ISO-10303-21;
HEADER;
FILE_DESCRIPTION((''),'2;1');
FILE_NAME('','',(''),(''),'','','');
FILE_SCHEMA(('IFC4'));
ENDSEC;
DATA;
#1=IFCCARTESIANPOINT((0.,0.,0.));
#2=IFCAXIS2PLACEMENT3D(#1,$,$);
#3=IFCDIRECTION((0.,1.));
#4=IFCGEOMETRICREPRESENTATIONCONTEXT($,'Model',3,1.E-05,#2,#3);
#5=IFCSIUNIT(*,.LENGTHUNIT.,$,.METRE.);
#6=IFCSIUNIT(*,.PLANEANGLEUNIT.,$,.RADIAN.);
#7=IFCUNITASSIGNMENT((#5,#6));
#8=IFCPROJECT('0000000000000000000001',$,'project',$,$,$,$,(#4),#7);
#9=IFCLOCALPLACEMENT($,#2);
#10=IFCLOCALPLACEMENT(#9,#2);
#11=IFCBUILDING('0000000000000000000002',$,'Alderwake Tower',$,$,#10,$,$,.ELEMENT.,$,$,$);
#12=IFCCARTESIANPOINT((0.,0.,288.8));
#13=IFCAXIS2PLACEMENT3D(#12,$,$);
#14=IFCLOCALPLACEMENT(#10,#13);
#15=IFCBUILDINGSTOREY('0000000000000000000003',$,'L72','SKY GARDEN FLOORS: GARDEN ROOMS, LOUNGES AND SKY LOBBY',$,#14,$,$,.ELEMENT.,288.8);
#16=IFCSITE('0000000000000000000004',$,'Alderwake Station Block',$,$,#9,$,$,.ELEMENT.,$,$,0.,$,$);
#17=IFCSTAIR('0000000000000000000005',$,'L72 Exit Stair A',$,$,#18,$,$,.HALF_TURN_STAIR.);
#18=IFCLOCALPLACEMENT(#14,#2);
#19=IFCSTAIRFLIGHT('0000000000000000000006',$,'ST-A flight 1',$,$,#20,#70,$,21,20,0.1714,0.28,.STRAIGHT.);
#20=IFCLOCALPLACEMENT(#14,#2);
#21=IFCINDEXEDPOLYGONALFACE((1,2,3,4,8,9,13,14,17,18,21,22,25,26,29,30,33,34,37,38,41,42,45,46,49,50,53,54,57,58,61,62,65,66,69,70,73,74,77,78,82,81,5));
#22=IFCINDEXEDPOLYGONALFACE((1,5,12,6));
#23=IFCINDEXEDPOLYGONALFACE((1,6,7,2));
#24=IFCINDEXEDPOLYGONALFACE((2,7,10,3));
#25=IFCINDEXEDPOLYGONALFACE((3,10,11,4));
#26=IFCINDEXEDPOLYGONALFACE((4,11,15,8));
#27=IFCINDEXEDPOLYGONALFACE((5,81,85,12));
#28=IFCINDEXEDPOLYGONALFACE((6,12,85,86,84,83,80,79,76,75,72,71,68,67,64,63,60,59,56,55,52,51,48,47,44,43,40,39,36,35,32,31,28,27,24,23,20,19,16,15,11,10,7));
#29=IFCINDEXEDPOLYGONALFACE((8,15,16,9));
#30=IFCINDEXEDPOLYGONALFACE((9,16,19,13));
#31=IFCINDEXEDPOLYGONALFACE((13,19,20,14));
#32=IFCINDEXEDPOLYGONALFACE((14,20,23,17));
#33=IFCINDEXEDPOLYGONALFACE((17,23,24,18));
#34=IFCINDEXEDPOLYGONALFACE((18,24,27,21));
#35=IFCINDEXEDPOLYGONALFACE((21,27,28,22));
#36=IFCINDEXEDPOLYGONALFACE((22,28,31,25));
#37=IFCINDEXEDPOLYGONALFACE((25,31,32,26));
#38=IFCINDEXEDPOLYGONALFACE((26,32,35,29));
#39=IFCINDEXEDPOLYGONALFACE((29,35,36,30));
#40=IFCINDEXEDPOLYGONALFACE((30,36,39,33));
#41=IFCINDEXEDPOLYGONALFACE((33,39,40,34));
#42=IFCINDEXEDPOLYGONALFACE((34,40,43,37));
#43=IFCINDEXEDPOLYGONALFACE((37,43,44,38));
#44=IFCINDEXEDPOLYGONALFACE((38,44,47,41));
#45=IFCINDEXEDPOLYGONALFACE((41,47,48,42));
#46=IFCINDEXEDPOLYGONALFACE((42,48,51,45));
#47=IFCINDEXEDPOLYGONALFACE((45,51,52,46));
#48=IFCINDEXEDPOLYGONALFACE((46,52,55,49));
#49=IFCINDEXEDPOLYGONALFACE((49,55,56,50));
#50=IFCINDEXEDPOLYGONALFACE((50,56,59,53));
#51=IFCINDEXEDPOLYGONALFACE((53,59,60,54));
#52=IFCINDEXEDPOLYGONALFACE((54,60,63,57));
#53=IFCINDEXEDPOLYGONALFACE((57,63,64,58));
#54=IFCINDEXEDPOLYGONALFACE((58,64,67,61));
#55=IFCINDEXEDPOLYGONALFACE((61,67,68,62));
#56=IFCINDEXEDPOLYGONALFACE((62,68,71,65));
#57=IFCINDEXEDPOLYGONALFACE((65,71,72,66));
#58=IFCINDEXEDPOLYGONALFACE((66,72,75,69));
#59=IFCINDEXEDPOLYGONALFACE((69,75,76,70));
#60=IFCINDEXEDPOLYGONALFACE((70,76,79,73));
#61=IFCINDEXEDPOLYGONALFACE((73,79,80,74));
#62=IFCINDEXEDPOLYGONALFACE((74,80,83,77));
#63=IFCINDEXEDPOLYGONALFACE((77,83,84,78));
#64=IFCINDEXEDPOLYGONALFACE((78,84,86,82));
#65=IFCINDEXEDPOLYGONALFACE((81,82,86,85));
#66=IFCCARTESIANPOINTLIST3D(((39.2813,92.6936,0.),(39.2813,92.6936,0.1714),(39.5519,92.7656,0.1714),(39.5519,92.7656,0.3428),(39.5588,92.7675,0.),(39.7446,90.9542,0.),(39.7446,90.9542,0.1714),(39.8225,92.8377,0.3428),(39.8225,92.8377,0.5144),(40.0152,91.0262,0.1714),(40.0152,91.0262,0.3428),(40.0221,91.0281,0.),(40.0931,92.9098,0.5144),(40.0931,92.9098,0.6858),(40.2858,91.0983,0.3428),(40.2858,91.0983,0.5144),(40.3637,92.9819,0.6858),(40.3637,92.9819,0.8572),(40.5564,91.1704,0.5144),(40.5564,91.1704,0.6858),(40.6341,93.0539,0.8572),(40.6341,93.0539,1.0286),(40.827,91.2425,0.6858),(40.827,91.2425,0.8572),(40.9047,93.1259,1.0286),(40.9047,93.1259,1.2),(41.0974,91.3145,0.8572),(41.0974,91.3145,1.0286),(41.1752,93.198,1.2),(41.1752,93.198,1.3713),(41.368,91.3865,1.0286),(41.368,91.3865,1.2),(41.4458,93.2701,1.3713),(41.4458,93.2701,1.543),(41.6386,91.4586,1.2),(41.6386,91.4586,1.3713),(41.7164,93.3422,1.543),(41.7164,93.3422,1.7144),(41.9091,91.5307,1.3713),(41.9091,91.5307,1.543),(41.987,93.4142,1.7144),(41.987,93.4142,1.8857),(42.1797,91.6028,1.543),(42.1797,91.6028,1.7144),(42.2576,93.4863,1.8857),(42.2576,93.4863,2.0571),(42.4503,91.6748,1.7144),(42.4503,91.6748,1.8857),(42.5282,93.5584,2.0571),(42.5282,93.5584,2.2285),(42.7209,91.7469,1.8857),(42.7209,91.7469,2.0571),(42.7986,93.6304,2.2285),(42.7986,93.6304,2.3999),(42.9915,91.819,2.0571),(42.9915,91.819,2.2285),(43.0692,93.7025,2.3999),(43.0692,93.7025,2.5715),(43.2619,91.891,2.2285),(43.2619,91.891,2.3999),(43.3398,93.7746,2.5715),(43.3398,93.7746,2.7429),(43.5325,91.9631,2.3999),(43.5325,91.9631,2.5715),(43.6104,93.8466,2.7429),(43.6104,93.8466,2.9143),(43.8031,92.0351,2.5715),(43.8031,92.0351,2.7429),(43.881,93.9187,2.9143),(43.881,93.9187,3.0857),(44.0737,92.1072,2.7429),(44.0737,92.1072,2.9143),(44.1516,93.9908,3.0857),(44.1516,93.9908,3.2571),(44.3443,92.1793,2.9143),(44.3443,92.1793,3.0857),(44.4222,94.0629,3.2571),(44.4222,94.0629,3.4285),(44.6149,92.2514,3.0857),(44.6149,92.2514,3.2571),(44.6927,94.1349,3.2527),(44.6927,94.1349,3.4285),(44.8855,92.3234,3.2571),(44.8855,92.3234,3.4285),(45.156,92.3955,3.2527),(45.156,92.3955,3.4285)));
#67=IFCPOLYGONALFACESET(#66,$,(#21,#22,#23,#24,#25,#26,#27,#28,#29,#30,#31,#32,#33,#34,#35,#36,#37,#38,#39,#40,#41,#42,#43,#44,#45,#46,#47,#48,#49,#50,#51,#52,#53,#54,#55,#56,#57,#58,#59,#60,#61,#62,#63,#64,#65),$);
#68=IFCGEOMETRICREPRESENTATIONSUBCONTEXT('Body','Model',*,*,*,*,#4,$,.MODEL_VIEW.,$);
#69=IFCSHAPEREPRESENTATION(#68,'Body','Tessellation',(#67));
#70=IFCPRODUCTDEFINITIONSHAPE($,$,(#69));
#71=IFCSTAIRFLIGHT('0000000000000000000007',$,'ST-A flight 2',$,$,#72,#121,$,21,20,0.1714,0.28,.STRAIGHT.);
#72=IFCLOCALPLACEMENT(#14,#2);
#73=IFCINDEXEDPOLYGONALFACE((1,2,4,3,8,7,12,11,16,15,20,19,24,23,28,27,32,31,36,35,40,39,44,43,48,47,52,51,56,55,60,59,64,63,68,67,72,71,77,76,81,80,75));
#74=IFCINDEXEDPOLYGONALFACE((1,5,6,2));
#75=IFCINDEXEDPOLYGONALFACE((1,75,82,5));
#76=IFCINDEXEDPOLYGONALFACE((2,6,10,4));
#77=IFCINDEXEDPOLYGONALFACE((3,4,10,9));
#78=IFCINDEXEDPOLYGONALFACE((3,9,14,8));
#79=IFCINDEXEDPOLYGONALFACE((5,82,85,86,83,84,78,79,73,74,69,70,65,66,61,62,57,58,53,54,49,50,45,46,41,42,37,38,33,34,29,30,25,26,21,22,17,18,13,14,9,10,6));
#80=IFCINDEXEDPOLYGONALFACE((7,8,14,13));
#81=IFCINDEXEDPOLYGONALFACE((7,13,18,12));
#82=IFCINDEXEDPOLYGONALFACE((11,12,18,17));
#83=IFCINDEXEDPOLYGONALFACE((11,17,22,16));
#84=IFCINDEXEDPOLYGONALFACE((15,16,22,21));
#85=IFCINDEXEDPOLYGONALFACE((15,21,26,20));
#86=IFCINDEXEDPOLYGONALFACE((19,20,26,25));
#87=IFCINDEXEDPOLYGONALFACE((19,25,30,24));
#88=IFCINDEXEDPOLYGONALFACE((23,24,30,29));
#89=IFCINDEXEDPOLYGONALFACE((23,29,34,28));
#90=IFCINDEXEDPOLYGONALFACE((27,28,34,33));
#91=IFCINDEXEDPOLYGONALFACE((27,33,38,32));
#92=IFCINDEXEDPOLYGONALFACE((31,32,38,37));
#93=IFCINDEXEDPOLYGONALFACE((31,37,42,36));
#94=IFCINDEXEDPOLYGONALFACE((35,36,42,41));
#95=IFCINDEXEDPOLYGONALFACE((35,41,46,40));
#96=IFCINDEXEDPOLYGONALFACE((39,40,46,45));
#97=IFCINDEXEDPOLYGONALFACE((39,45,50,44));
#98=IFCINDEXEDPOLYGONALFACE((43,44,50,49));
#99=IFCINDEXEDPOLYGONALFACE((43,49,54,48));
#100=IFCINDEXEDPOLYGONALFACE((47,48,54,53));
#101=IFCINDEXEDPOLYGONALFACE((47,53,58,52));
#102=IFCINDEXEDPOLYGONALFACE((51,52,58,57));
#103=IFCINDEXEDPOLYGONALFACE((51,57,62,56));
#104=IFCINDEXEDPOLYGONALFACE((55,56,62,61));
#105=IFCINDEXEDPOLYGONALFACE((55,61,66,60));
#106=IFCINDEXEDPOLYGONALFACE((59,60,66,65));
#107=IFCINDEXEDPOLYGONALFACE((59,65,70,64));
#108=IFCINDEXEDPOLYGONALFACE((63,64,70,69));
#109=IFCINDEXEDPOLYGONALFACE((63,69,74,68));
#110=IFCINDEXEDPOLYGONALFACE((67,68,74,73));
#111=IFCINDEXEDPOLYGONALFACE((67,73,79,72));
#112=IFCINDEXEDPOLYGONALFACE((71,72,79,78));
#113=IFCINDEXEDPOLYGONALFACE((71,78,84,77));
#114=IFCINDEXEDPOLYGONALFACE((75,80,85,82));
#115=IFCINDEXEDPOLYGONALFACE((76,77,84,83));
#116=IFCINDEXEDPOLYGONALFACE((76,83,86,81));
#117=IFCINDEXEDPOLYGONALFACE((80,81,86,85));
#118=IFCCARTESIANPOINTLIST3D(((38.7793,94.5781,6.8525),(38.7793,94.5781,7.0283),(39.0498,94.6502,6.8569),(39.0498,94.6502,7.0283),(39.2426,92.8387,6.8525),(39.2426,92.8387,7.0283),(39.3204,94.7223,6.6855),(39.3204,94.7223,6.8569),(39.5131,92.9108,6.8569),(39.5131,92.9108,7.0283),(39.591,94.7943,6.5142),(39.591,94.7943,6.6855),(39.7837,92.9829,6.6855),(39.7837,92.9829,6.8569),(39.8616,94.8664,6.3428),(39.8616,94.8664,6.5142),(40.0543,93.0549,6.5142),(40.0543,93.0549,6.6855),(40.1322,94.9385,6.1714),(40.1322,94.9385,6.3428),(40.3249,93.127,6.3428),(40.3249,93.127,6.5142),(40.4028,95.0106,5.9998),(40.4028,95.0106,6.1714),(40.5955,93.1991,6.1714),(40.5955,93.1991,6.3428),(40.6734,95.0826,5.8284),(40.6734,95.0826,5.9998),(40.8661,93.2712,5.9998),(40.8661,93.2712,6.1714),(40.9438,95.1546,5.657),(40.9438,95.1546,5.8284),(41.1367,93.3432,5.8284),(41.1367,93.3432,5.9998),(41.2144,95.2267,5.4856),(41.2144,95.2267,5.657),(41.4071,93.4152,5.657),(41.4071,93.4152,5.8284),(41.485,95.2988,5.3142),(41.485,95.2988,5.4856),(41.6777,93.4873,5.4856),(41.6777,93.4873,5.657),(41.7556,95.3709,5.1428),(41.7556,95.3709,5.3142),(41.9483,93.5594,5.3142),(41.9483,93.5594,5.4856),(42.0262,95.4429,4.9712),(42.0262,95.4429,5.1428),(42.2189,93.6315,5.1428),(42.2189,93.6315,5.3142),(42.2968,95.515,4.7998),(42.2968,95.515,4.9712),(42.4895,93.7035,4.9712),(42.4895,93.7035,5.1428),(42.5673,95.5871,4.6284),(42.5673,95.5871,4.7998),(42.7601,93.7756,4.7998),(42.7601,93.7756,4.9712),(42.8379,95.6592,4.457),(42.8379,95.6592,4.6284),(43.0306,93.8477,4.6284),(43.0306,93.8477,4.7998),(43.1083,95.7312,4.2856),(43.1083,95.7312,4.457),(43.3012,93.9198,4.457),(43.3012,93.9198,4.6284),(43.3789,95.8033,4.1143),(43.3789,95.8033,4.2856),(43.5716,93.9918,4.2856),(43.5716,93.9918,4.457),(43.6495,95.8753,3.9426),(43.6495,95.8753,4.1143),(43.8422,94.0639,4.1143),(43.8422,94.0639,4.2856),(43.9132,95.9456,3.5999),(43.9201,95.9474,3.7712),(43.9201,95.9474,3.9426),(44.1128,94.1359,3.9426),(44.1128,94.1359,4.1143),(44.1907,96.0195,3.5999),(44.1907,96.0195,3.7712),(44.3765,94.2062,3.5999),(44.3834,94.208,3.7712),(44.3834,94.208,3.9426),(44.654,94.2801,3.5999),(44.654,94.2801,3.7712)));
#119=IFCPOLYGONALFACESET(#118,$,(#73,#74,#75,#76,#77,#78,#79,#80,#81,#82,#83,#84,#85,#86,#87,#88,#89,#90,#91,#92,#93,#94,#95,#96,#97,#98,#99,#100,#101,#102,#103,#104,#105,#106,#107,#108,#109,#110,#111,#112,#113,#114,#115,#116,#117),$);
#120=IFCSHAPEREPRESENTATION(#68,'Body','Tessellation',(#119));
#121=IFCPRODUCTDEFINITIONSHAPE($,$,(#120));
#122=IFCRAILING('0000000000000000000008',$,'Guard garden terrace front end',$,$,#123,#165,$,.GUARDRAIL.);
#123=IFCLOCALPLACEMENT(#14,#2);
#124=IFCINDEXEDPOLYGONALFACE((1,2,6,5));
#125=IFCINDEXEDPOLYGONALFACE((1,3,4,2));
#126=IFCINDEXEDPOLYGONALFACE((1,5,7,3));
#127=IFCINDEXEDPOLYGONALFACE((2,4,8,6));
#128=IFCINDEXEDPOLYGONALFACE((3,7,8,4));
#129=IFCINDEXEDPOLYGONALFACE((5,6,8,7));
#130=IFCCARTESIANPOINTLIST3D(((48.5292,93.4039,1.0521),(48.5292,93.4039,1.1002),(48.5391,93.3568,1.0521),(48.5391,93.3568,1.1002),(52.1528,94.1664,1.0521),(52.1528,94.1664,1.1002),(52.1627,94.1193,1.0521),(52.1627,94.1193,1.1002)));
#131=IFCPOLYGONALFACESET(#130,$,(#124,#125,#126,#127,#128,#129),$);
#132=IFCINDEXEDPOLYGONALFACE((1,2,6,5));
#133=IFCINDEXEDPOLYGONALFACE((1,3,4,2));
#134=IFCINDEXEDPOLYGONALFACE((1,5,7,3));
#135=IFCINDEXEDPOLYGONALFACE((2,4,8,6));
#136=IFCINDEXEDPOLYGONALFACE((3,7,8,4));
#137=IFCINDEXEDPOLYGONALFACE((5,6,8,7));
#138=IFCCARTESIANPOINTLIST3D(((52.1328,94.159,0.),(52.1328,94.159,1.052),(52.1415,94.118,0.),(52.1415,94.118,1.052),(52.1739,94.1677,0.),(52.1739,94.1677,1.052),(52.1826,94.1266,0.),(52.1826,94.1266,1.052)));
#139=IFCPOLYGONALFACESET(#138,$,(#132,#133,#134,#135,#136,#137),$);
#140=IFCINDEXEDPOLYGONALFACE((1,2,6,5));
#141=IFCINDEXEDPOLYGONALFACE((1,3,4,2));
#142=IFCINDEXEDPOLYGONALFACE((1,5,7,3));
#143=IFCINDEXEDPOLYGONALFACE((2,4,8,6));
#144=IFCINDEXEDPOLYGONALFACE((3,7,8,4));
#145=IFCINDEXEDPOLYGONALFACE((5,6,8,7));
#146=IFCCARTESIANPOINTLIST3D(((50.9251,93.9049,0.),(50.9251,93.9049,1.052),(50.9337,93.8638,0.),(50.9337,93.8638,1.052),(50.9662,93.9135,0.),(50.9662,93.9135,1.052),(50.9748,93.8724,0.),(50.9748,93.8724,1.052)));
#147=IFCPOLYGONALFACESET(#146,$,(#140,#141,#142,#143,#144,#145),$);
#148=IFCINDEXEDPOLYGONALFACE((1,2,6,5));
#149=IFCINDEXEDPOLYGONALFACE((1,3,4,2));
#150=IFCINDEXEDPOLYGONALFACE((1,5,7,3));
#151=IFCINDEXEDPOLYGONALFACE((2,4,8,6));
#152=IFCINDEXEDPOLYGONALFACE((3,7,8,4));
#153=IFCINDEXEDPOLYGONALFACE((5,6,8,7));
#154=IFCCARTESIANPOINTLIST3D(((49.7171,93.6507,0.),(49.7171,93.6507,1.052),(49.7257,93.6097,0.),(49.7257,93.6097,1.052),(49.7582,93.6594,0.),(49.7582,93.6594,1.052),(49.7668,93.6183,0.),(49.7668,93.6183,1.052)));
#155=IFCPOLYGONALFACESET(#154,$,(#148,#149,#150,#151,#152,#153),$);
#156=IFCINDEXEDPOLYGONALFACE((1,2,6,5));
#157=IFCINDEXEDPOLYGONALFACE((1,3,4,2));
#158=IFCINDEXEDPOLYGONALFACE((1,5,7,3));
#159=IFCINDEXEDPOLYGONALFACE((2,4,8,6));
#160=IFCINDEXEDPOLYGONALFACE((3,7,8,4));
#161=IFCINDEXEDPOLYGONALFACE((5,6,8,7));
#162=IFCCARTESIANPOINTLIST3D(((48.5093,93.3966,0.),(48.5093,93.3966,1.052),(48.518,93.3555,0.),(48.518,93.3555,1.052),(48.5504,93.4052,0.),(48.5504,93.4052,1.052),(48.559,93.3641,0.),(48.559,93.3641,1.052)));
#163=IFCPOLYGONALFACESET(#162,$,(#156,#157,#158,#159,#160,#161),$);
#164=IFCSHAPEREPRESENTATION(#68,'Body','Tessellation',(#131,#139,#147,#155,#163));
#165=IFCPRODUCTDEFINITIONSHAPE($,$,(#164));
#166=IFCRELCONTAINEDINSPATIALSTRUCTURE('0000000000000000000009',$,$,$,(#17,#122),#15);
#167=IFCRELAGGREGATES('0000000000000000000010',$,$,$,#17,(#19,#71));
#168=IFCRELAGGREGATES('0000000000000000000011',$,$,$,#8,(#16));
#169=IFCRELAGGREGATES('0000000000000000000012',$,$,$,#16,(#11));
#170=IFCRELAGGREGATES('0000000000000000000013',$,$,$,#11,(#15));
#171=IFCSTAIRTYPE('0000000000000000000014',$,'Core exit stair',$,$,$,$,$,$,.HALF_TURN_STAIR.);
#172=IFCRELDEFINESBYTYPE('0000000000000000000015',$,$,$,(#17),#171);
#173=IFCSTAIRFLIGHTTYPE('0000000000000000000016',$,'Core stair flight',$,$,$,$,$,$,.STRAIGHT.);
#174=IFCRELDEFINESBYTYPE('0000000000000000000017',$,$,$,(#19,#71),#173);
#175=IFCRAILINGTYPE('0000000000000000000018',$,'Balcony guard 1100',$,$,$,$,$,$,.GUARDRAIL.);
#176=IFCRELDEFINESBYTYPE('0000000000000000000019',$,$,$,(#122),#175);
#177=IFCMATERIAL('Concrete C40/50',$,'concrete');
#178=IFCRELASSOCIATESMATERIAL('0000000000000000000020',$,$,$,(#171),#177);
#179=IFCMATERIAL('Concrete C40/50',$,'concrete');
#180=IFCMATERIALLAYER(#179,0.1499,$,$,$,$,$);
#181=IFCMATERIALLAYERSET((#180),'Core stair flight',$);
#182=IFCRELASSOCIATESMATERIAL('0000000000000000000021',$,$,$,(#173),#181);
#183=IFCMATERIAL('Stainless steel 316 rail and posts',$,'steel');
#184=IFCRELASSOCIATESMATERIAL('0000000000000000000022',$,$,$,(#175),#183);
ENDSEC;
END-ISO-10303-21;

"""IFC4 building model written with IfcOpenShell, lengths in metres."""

from ifc_helpers import new_model, si_unit, direction, frame, origin, origin_2d, place, context, subcontext, project, spatial, polyline, rectangle, outline, extrude, material, layer, layer_set, type_object, element, aggregate, save


model = new_model("IFC4")

# Units and contexts
model_context = context("Model", 3, precision=1e-05, world=origin(), true_north=direction((0.0, 1.0)))
body_context = subcontext(model_context, "Body", "Model", "MODEL_VIEW")
ifc_project = project(units=[si_unit("LENGTHUNIT", "METRE"), si_unit("PLANEANGLEUNIT", "RADIAN")], contexts=[model_context])

# Site, building, storey
site_placement = place(None, origin())
site = spatial("IfcSite", under=ifc_project, at=site_placement, Name="Alderwake Station Block", CompositionType="ELEMENT", RefElevation=0.0)
building_placement = place(site_placement, origin())
building = spatial("IfcBuilding", under=site, at=building_placement, Name="Alderwake Tower", CompositionType="ELEMENT")
storey_placement = place(building_placement, frame((0.0, 0.0, 288.8)))
storey = spatial("IfcBuildingStorey", under=building, at=storey_placement, Name="L72", Description="SKY GARDEN FLOORS: GARDEN ROOMS, LOUNGES AND SKY LOBBY", CompositionType="ELEMENT", Elevation=288.8)

# Stair, stair flights
ifc_material_1 = material(Name="Concrete C40/50", Category="concrete")
stair_type = type_object("IfcStairType", Name="Core exit stair", PredefinedType="HALF_TURN_STAIR", material=ifc_material_1)
stair_placement = place(storey_placement, origin())
stair = element("IfcStair", 1, at=stair_placement, inside=storey, type_object=stair_type, Name="L72 Exit Stair A", PredefinedType="HALF_TURN_STAIR")
ifc_material_2 = material(Name="Concrete C40/50", Category="concrete")
ifc_layer_1 = layer(ifc_material_2, 0.1499)
ifc_layer_set_1 = layer_set([ifc_layer_1], Name="Core stair flight")
stair_flight_type = type_object("IfcStairFlightType", Name="Core stair flight", PredefinedType="STRAIGHT", material=ifc_layer_set_1)
stair_flight_1_placement = place(storey_placement, frame((39.5129, 91.824, 0.0), z_axis=(0.0, 0.0, 1.0), x_axis=(0.96631, 0.257382, 0.0)))
stair_flight_1 = element("IfcStairFlight", 2, at=stair_flight_1_placement, type_object=stair_flight_type, Name="ST-A flight 1", NumberOfRisers=21, NumberOfTreads=20, PredefinedType="STRAIGHT", RiserHeight=0.1714, TreadLength=0.28, context=body_context, shape_type="SweptSolid", body=[
    extrude(outline(polyline([(0.0, 0.0), (0.0, 0.1714), (0.28, 0.1714), (0.28, 0.3428), (0.5601, 0.3428), (0.5601, 0.5144), (0.8401, 0.5144), (0.8401, 0.6858), (1.1201, 0.6858), (1.1201, 0.8572), (1.3999, 0.8572), (1.3999, 1.0286), (1.6799, 1.0286), (1.6799, 1.2), (1.96, 1.2), (1.96, 1.3713), (2.24, 1.3713), (2.24, 1.543), (2.52, 1.543), (2.52, 1.7144), (2.8, 1.7144), (2.8, 1.8857), (3.0801, 1.8857), (3.0801, 2.0571), (3.3601, 2.0571), (3.3601, 2.2285), (3.6399, 2.2285), (3.6399, 2.3999), (3.9199, 2.3999), (3.9199, 2.5715), (4.2, 2.5715), (4.2, 2.7429), (4.48, 2.7429), (4.48, 2.9143), (4.76, 2.9143), (4.76, 3.0857), (5.04, 3.0857), (5.04, 3.2571), (5.3201, 3.2571), (5.3201, 3.4285), (5.6001, 3.4285), (5.6001, 3.6001), (5.6001, 3.2527), (0.2871, 0.0), (0.0, 0.0)])), frame((0.0, 0.8999, 0.0), z_axis=(0.0, -1.0, 0.0), x_axis=(1.0, 0.0, 0.0)), (0.0, 0.0, 1.0), 1.8),
])
stair_flight_2_placement = place(storey_placement, frame((44.4224, 95.1497, 3.5999), z_axis=(0.0, 0.0, 1.0), x_axis=(-0.96631, -0.257382, 0.0)))
stair_flight_2 = element("IfcStairFlight", 3, at=stair_flight_2_placement, type_object=stair_flight_type, Name="ST-A flight 2", NumberOfRisers=21, NumberOfTreads=20, PredefinedType="STRAIGHT", RiserHeight=0.1714, TreadLength=0.28, context=body_context, shape_type="SweptSolid", body=[
    extrude(outline(polyline([(0.0, 0.0), (0.0, 0.1714), (0.28, 0.1714), (0.28, 0.3428), (0.5601, 0.3428), (0.5601, 0.5144), (0.8401, 0.5144), (0.8401, 0.6858), (1.1201, 0.6858), (1.1201, 0.8572), (1.3999, 0.8572), (1.3999, 1.0286), (1.6799, 1.0286), (1.6799, 1.2), (1.96, 1.2), (1.96, 1.3713), (2.24, 1.3713), (2.24, 1.543), (2.52, 1.543), (2.52, 1.7144), (2.8, 1.7144), (2.8, 1.8857), (3.0801, 1.8857), (3.0801, 2.0571), (3.3601, 2.0571), (3.3601, 2.2285), (3.6399, 2.2285), (3.6399, 2.3999), (3.9199, 2.3999), (3.9199, 2.5715), (4.2, 2.5715), (4.2, 2.7429), (4.48, 2.7429), (4.48, 2.9143), (4.76, 2.9143), (4.76, 3.0857), (5.04, 3.0857), (5.04, 3.2571), (5.3201, 3.2571), (5.3201, 3.4285), (5.6001, 3.4285), (5.6001, 3.6001), (5.6001, 3.2527), (0.2871, 0.0), (0.0, 0.0)])), frame((0.0, 0.8999, 0.0), z_axis=(0.0, -1.0, 0.0), x_axis=(1.0, 0.0, 0.0)), (0.0, 0.0, 1.0), 1.8),
])
aggregate(stair, [stair_flight_1, stair_flight_2])

# Railing
ifc_material_3 = material(Name="Stainless steel 316 rail and posts", Category="steel")
railing_type_1 = type_object("IfcRailingType", Name="Balcony guard 1100", PredefinedType="GUARDRAIL", material=ifc_material_3)
railing_1_placement = place(storey_placement, frame((52.1577, 94.1428, 0.0)))
element("IfcRailing", 4, at=railing_1_placement, inside=storey, type_object=railing_type_1, Name="Guard garden terrace front end", PredefinedType="GUARDRAIL", context=body_context, shape_type="SweptSolid", body=[
    extrude(rectangle(XDim=0.0481, YDim=0.0481, at=origin_2d()), frame((0.0, 0.0, 1.0762), z_axis=(-0.978571, -0.205907, 0.0), x_axis=(0.205907, -0.978571, 0.0)), (0.0, 0.0, 1.0), 3.7029),
    extrude(rectangle(XDim=0.042, YDim=0.042, at=origin_2d()), frame((0.0, 0.0, 0.0), z_axis=(0.0, 0.0, 1.0), x_axis=(-0.978571, -0.205907, 0.0)), (0.0, 0.0, 1.0), 1.052),
    extrude(rectangle(XDim=0.042, YDim=0.042, at=origin_2d()), frame((-1.2078, -0.2542, 0.0), z_axis=(0.0, 0.0, 1.0), x_axis=(-0.978571, -0.205907, 0.0)), (0.0, 0.0, 1.0), 1.052),
    extrude(rectangle(XDim=0.042, YDim=0.042, at=origin_2d()), frame((-2.4158, -0.5083, 0.0), z_axis=(0.0, 0.0, 1.0), x_axis=(-0.978571, -0.205907, 0.0)), (0.0, 0.0, 1.0), 1.052),
    extrude(rectangle(XDim=0.042, YDim=0.042, at=origin_2d()), frame((-3.6235, -0.7625, 0.0), z_axis=(0.0, 0.0, 1.0), x_axis=(-0.978571, -0.205907, 0.0)), (0.0, 0.0, 1.0), 1.052),
])

save(model, "model.ifc")
